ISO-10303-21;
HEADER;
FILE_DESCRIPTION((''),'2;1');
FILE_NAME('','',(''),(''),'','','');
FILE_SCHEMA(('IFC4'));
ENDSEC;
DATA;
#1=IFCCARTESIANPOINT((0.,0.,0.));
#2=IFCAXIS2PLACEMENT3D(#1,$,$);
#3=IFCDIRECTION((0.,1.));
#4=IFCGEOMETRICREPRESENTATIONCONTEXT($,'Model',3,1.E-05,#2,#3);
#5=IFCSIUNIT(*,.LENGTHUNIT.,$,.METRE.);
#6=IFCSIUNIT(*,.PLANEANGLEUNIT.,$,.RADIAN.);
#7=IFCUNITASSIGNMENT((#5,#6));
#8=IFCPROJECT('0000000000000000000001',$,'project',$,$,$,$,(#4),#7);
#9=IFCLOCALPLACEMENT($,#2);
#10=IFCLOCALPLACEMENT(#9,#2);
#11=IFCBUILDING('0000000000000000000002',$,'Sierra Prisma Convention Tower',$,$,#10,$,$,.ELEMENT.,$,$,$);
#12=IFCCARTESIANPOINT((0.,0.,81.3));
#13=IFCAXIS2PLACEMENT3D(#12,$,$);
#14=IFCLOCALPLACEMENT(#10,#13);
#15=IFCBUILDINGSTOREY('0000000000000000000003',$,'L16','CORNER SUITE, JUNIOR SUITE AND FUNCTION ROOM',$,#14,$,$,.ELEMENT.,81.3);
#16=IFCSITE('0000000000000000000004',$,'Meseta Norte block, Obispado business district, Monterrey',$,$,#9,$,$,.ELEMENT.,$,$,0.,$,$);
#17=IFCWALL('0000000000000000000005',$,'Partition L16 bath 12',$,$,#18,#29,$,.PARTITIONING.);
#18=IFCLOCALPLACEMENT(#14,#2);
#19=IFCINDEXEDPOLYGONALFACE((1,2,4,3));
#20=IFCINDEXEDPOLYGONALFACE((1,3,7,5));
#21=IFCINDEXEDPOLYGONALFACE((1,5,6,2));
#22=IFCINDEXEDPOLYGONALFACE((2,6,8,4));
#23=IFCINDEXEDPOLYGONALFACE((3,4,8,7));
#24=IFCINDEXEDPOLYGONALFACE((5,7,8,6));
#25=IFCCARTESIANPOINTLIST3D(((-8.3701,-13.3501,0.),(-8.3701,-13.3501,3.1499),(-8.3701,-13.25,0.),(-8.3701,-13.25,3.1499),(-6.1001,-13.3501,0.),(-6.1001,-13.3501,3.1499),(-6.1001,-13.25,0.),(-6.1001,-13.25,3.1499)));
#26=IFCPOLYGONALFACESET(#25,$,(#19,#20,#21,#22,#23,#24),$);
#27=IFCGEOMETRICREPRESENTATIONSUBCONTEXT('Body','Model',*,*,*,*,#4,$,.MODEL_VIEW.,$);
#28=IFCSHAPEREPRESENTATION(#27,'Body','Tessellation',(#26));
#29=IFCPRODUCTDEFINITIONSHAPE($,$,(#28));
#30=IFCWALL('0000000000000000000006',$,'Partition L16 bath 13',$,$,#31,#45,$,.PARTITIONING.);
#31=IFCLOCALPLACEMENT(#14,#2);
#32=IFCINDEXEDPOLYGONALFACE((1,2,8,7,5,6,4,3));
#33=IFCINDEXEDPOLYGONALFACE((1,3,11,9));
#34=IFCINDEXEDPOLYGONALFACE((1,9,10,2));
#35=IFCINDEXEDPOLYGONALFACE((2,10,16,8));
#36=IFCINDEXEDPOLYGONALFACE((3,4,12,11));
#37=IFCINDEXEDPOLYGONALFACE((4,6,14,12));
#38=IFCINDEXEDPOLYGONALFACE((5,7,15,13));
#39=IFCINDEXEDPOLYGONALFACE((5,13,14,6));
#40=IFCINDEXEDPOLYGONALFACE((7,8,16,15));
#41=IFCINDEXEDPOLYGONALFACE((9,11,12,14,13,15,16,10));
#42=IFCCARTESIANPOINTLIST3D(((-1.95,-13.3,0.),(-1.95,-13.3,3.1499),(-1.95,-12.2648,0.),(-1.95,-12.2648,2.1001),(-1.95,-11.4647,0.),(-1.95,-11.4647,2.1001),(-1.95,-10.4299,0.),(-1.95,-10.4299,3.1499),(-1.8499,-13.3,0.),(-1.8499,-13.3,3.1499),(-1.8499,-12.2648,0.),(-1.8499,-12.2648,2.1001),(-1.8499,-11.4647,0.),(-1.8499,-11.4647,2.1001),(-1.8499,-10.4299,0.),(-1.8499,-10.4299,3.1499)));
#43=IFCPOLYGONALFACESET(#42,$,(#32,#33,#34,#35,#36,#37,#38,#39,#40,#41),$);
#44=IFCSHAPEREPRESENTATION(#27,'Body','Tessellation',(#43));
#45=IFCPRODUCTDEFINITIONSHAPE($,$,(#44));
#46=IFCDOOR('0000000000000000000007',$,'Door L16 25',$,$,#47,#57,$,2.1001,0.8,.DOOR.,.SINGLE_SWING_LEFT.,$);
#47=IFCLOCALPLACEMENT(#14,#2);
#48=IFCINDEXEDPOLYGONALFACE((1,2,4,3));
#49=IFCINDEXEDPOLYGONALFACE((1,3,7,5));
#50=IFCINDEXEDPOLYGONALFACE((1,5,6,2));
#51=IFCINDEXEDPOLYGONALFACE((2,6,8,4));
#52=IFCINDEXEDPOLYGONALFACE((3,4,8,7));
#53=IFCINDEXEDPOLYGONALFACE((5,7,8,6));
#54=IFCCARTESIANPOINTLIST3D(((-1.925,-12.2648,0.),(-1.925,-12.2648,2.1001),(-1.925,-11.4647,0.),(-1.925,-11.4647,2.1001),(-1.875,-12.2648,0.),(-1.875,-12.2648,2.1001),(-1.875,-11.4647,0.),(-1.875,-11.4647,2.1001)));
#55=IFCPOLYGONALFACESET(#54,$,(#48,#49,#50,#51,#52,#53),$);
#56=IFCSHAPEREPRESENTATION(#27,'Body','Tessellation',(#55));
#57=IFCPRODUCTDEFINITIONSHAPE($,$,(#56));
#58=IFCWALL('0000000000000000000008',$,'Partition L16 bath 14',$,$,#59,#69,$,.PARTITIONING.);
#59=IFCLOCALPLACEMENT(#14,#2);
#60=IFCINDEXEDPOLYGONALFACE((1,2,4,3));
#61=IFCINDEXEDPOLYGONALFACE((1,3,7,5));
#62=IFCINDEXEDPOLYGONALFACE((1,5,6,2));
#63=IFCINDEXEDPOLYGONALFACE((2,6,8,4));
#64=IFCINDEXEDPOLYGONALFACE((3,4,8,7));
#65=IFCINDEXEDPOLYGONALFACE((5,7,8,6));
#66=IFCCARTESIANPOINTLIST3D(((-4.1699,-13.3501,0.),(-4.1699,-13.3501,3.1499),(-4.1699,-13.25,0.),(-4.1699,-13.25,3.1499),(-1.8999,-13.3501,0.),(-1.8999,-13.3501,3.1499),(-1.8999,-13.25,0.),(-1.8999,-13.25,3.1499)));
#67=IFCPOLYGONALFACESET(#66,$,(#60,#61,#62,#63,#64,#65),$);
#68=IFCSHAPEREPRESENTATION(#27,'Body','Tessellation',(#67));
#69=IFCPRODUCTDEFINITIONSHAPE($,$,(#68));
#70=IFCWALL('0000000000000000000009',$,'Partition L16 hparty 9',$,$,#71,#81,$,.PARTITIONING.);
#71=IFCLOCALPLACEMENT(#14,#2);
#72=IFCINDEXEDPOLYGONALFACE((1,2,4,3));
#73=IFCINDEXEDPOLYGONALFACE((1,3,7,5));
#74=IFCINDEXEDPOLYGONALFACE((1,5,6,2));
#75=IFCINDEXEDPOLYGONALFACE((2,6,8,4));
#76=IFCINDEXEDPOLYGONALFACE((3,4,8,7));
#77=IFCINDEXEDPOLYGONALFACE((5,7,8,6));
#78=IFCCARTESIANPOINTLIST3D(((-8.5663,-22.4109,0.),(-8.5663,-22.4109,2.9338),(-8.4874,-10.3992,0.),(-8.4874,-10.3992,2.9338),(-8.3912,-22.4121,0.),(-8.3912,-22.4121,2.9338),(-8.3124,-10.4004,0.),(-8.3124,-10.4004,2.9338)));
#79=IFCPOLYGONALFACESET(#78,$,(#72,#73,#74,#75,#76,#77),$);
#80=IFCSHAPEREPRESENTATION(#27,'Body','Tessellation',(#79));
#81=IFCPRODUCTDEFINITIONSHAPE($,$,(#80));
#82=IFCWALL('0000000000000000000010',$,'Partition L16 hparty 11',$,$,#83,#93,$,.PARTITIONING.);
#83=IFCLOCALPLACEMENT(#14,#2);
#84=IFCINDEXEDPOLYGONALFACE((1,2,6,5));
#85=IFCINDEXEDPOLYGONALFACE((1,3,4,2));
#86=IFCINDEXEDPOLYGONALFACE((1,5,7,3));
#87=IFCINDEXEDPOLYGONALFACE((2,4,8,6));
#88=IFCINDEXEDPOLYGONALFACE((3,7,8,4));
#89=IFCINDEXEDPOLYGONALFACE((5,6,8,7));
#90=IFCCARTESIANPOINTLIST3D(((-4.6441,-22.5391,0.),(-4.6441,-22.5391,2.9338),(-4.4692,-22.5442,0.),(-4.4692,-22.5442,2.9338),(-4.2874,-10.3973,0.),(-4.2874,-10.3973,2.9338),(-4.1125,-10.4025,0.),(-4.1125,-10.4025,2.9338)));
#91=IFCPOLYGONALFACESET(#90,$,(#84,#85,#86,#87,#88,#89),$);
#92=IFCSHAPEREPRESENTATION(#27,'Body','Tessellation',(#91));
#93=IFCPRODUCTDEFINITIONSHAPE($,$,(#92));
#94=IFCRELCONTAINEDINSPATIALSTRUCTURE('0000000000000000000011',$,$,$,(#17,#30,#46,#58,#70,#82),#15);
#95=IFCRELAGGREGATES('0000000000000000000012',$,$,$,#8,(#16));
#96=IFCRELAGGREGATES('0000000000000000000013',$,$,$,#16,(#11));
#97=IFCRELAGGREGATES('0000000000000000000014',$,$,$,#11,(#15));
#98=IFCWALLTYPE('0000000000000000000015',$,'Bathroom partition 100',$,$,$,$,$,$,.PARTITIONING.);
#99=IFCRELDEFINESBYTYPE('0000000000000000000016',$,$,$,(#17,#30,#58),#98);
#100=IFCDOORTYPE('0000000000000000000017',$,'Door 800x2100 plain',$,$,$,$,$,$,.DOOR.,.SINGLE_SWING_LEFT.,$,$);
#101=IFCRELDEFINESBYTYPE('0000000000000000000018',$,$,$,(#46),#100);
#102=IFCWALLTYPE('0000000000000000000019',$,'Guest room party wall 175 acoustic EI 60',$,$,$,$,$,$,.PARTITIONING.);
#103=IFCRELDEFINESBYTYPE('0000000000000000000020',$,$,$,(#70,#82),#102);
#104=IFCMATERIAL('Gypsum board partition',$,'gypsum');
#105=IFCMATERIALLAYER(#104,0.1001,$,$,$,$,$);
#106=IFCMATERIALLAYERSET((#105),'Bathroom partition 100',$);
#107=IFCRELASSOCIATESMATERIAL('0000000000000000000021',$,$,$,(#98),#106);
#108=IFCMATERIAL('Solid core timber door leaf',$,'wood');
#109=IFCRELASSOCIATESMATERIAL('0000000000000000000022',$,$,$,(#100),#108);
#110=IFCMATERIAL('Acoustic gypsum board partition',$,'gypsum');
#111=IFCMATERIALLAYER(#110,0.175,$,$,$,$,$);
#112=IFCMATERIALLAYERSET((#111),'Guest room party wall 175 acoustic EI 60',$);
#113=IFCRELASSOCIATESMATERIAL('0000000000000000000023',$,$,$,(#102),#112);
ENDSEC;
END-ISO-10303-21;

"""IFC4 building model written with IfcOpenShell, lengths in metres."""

from ifc_helpers import new_model, si_unit, direction, frame, frame_2d, origin, place, context, subcontext, project, spatial, rectangle, extrude, material, layer, layer_set, type_object, element, fill, save


model = new_model("IFC4")

# Units and contexts
model_context = context("Model", 3, precision=1e-05, world=origin(), true_north=direction((0.0, 1.0)))
body_context = subcontext(model_context, "Body", "Model", "MODEL_VIEW")
ifc_project = project(units=[si_unit("LENGTHUNIT", "METRE"), si_unit("PLANEANGLEUNIT", "RADIAN")], contexts=[model_context])

# Site, building, storey
site_placement = place(None, origin())
site = spatial("IfcSite", under=ifc_project, at=site_placement, Name="Meseta Norte block, Obispado business district, Monterrey", CompositionType="ELEMENT", RefElevation=0.0)
building_placement = place(site_placement, origin())
building = spatial("IfcBuilding", under=site, at=building_placement, Name="Sierra Prisma Convention Tower", CompositionType="ELEMENT")
storey_placement = place(building_placement, frame((0.0, 0.0, 81.3)))
storey = spatial("IfcBuildingStorey", under=building, at=storey_placement, Name="L16", Description="CORNER SUITE, JUNIOR SUITE AND FUNCTION ROOM", CompositionType="ELEMENT", Elevation=81.3)

# Shared definitions
ifc_material_1 = material(Name="Gypsum board partition", Category="gypsum")
ifc_layer_1 = layer(ifc_material_1, 0.1001)
ifc_layer_set_1 = layer_set([ifc_layer_1], Name="Bathroom partition 100")
wall_type_1 = type_object("IfcWallType", Name="Bathroom partition 100", PredefinedType="PARTITIONING", material=ifc_layer_set_1)
ifc_material_2 = material(Name="Solid core timber door leaf", Category="wood")
door_type = type_object("IfcDoorType", Name="Door 800x2100 plain", OperationType="SINGLE_SWING_LEFT", PredefinedType="DOOR", material=ifc_material_2)

# Wall
wall_1_placement = place(storey_placement, frame((-6.1001, -13.3, 0.0), z_axis=(0.0, 0.0, 1.0), x_axis=(-1.0, 0.0, 0.0)))
element("IfcWall", 1, at=wall_1_placement, inside=storey, type_object=wall_type_1, Name="Partition L16 bath 12", PredefinedType="PARTITIONING", context=body_context, shape_type="SweptSolid", body=[
    extrude(rectangle(XDim=2.27, YDim=0.1001, at=frame_2d((1.135, 0.0))), origin(), (0.0, 0.0, 1.0), 3.1499),
])

# Wall, opening, door
wall_2_placement = place(storey_placement, frame((-1.8999, -10.4299, 0.0), z_axis=(0.0, 0.0, 1.0), x_axis=(0.0, -1.0, 0.0)))
wall_2 = element("IfcWall", 2, at=wall_2_placement, inside=storey, type_object=wall_type_1, Name="Partition L16 bath 13", PredefinedType="PARTITIONING", context=body_context, shape_type="SweptSolid", body=[
    extrude(rectangle(XDim=2.8701, YDim=0.1001, at=frame_2d((1.4351, 0.0))), origin(), (0.0, 0.0, 1.0), 3.1499),
])
opening_1_placement = place(wall_2_placement, frame((1.0349, 0.0, 0.0)))
opening_1 = element("IfcOpeningElement", 3, at=opening_1_placement, cuts=wall_2, PredefinedType="OPENING", context=body_context, shape_type="SweptSolid", body=[
    extrude(rectangle(XDim=0.8, YDim=2.1001, at=frame_2d((0.3999, 1.05))), frame((0.0, 0.05, 0.0), z_axis=(0.0, -1.0, 0.0), x_axis=(1.0, 0.0, 0.0)), (0.0, 0.0, 1.0), 0.1001),
])
door_1_placement = place(opening_1_placement, origin())
door_1 = element("IfcDoor", 4, at=door_1_placement, inside=storey, type_object=door_type, Name="Door L16 25", OperationType="SINGLE_SWING_LEFT", OverallHeight=2.1001, OverallWidth=0.8, PredefinedType="DOOR", context=body_context, shape_type="SweptSolid", body=[
    extrude(rectangle(XDim=0.8, YDim=2.1001, at=frame_2d((0.3999, 1.05))), frame((0.0, 0.0249, 0.0), z_axis=(0.0, -1.0, 0.0), x_axis=(1.0, 0.0, 0.0)), (0.0, 0.0, 1.0), 0.05),
])
fill(opening_1, door_1)

# Walls
wall_3_placement = place(storey_placement, frame((-1.8999, -13.3, 0.0), z_axis=(0.0, 0.0, 1.0), x_axis=(-1.0, 0.0, 0.0)))
element("IfcWall", 5, at=wall_3_placement, inside=storey, type_object=wall_type_1, Name="Partition L16 bath 14", PredefinedType="PARTITIONING", context=body_context, shape_type="SweptSolid", body=[
    extrude(rectangle(XDim=2.27, YDim=0.1001, at=frame_2d((1.135, 0.0))), origin(), (0.0, 0.0, 1.0), 3.1499),
])
ifc_material_3 = material(Name="Acoustic gypsum board partition", Category="gypsum")
ifc_layer_2 = layer(ifc_material_3, 0.175)
ifc_layer_set_2 = layer_set([ifc_layer_2], Name="Guest room party wall 175 acoustic EI 60")
wall_type_2 = type_object("IfcWallType", Name="Guest room party wall 175 acoustic EI 60", PredefinedType="PARTITIONING", material=ifc_layer_set_2)
wall_4_placement = place(storey_placement, frame((-8.3999, -10.3999, 0.0), z_axis=(0.0, 0.0, 1.0), x_axis=(-0.006565, -0.999978, 0.0)))
element("IfcWall", 6, at=wall_4_placement, inside=storey, type_object=wall_type_2, Name="Partition L16 hparty 9", PredefinedType="PARTITIONING", context=body_context, shape_type="SweptSolid", body=[
    extrude(rectangle(XDim=12.012, YDim=0.175, at=frame_2d((6.0059, 0.0))), origin(), (0.0, 0.0, 1.0), 2.9338),
])
wall_5_placement = place(storey_placement, frame((-4.2, -10.3999, 0.0), z_axis=(0.0, 0.0, 1.0), x_axis=(-0.029364, -0.999569, 0.0)))
element("IfcWall", 7, at=wall_5_placement, inside=storey, type_object=wall_type_2, Name="Partition L16 hparty 11", PredefinedType="PARTITIONING", context=body_context, shape_type="SweptSolid", body=[
    extrude(rectangle(XDim=12.147, YDim=0.175, at=frame_2d((6.0735, 0.0))), origin(), (0.0, 0.0, 1.0), 2.9338),
])

save(model, "model.ifc")
